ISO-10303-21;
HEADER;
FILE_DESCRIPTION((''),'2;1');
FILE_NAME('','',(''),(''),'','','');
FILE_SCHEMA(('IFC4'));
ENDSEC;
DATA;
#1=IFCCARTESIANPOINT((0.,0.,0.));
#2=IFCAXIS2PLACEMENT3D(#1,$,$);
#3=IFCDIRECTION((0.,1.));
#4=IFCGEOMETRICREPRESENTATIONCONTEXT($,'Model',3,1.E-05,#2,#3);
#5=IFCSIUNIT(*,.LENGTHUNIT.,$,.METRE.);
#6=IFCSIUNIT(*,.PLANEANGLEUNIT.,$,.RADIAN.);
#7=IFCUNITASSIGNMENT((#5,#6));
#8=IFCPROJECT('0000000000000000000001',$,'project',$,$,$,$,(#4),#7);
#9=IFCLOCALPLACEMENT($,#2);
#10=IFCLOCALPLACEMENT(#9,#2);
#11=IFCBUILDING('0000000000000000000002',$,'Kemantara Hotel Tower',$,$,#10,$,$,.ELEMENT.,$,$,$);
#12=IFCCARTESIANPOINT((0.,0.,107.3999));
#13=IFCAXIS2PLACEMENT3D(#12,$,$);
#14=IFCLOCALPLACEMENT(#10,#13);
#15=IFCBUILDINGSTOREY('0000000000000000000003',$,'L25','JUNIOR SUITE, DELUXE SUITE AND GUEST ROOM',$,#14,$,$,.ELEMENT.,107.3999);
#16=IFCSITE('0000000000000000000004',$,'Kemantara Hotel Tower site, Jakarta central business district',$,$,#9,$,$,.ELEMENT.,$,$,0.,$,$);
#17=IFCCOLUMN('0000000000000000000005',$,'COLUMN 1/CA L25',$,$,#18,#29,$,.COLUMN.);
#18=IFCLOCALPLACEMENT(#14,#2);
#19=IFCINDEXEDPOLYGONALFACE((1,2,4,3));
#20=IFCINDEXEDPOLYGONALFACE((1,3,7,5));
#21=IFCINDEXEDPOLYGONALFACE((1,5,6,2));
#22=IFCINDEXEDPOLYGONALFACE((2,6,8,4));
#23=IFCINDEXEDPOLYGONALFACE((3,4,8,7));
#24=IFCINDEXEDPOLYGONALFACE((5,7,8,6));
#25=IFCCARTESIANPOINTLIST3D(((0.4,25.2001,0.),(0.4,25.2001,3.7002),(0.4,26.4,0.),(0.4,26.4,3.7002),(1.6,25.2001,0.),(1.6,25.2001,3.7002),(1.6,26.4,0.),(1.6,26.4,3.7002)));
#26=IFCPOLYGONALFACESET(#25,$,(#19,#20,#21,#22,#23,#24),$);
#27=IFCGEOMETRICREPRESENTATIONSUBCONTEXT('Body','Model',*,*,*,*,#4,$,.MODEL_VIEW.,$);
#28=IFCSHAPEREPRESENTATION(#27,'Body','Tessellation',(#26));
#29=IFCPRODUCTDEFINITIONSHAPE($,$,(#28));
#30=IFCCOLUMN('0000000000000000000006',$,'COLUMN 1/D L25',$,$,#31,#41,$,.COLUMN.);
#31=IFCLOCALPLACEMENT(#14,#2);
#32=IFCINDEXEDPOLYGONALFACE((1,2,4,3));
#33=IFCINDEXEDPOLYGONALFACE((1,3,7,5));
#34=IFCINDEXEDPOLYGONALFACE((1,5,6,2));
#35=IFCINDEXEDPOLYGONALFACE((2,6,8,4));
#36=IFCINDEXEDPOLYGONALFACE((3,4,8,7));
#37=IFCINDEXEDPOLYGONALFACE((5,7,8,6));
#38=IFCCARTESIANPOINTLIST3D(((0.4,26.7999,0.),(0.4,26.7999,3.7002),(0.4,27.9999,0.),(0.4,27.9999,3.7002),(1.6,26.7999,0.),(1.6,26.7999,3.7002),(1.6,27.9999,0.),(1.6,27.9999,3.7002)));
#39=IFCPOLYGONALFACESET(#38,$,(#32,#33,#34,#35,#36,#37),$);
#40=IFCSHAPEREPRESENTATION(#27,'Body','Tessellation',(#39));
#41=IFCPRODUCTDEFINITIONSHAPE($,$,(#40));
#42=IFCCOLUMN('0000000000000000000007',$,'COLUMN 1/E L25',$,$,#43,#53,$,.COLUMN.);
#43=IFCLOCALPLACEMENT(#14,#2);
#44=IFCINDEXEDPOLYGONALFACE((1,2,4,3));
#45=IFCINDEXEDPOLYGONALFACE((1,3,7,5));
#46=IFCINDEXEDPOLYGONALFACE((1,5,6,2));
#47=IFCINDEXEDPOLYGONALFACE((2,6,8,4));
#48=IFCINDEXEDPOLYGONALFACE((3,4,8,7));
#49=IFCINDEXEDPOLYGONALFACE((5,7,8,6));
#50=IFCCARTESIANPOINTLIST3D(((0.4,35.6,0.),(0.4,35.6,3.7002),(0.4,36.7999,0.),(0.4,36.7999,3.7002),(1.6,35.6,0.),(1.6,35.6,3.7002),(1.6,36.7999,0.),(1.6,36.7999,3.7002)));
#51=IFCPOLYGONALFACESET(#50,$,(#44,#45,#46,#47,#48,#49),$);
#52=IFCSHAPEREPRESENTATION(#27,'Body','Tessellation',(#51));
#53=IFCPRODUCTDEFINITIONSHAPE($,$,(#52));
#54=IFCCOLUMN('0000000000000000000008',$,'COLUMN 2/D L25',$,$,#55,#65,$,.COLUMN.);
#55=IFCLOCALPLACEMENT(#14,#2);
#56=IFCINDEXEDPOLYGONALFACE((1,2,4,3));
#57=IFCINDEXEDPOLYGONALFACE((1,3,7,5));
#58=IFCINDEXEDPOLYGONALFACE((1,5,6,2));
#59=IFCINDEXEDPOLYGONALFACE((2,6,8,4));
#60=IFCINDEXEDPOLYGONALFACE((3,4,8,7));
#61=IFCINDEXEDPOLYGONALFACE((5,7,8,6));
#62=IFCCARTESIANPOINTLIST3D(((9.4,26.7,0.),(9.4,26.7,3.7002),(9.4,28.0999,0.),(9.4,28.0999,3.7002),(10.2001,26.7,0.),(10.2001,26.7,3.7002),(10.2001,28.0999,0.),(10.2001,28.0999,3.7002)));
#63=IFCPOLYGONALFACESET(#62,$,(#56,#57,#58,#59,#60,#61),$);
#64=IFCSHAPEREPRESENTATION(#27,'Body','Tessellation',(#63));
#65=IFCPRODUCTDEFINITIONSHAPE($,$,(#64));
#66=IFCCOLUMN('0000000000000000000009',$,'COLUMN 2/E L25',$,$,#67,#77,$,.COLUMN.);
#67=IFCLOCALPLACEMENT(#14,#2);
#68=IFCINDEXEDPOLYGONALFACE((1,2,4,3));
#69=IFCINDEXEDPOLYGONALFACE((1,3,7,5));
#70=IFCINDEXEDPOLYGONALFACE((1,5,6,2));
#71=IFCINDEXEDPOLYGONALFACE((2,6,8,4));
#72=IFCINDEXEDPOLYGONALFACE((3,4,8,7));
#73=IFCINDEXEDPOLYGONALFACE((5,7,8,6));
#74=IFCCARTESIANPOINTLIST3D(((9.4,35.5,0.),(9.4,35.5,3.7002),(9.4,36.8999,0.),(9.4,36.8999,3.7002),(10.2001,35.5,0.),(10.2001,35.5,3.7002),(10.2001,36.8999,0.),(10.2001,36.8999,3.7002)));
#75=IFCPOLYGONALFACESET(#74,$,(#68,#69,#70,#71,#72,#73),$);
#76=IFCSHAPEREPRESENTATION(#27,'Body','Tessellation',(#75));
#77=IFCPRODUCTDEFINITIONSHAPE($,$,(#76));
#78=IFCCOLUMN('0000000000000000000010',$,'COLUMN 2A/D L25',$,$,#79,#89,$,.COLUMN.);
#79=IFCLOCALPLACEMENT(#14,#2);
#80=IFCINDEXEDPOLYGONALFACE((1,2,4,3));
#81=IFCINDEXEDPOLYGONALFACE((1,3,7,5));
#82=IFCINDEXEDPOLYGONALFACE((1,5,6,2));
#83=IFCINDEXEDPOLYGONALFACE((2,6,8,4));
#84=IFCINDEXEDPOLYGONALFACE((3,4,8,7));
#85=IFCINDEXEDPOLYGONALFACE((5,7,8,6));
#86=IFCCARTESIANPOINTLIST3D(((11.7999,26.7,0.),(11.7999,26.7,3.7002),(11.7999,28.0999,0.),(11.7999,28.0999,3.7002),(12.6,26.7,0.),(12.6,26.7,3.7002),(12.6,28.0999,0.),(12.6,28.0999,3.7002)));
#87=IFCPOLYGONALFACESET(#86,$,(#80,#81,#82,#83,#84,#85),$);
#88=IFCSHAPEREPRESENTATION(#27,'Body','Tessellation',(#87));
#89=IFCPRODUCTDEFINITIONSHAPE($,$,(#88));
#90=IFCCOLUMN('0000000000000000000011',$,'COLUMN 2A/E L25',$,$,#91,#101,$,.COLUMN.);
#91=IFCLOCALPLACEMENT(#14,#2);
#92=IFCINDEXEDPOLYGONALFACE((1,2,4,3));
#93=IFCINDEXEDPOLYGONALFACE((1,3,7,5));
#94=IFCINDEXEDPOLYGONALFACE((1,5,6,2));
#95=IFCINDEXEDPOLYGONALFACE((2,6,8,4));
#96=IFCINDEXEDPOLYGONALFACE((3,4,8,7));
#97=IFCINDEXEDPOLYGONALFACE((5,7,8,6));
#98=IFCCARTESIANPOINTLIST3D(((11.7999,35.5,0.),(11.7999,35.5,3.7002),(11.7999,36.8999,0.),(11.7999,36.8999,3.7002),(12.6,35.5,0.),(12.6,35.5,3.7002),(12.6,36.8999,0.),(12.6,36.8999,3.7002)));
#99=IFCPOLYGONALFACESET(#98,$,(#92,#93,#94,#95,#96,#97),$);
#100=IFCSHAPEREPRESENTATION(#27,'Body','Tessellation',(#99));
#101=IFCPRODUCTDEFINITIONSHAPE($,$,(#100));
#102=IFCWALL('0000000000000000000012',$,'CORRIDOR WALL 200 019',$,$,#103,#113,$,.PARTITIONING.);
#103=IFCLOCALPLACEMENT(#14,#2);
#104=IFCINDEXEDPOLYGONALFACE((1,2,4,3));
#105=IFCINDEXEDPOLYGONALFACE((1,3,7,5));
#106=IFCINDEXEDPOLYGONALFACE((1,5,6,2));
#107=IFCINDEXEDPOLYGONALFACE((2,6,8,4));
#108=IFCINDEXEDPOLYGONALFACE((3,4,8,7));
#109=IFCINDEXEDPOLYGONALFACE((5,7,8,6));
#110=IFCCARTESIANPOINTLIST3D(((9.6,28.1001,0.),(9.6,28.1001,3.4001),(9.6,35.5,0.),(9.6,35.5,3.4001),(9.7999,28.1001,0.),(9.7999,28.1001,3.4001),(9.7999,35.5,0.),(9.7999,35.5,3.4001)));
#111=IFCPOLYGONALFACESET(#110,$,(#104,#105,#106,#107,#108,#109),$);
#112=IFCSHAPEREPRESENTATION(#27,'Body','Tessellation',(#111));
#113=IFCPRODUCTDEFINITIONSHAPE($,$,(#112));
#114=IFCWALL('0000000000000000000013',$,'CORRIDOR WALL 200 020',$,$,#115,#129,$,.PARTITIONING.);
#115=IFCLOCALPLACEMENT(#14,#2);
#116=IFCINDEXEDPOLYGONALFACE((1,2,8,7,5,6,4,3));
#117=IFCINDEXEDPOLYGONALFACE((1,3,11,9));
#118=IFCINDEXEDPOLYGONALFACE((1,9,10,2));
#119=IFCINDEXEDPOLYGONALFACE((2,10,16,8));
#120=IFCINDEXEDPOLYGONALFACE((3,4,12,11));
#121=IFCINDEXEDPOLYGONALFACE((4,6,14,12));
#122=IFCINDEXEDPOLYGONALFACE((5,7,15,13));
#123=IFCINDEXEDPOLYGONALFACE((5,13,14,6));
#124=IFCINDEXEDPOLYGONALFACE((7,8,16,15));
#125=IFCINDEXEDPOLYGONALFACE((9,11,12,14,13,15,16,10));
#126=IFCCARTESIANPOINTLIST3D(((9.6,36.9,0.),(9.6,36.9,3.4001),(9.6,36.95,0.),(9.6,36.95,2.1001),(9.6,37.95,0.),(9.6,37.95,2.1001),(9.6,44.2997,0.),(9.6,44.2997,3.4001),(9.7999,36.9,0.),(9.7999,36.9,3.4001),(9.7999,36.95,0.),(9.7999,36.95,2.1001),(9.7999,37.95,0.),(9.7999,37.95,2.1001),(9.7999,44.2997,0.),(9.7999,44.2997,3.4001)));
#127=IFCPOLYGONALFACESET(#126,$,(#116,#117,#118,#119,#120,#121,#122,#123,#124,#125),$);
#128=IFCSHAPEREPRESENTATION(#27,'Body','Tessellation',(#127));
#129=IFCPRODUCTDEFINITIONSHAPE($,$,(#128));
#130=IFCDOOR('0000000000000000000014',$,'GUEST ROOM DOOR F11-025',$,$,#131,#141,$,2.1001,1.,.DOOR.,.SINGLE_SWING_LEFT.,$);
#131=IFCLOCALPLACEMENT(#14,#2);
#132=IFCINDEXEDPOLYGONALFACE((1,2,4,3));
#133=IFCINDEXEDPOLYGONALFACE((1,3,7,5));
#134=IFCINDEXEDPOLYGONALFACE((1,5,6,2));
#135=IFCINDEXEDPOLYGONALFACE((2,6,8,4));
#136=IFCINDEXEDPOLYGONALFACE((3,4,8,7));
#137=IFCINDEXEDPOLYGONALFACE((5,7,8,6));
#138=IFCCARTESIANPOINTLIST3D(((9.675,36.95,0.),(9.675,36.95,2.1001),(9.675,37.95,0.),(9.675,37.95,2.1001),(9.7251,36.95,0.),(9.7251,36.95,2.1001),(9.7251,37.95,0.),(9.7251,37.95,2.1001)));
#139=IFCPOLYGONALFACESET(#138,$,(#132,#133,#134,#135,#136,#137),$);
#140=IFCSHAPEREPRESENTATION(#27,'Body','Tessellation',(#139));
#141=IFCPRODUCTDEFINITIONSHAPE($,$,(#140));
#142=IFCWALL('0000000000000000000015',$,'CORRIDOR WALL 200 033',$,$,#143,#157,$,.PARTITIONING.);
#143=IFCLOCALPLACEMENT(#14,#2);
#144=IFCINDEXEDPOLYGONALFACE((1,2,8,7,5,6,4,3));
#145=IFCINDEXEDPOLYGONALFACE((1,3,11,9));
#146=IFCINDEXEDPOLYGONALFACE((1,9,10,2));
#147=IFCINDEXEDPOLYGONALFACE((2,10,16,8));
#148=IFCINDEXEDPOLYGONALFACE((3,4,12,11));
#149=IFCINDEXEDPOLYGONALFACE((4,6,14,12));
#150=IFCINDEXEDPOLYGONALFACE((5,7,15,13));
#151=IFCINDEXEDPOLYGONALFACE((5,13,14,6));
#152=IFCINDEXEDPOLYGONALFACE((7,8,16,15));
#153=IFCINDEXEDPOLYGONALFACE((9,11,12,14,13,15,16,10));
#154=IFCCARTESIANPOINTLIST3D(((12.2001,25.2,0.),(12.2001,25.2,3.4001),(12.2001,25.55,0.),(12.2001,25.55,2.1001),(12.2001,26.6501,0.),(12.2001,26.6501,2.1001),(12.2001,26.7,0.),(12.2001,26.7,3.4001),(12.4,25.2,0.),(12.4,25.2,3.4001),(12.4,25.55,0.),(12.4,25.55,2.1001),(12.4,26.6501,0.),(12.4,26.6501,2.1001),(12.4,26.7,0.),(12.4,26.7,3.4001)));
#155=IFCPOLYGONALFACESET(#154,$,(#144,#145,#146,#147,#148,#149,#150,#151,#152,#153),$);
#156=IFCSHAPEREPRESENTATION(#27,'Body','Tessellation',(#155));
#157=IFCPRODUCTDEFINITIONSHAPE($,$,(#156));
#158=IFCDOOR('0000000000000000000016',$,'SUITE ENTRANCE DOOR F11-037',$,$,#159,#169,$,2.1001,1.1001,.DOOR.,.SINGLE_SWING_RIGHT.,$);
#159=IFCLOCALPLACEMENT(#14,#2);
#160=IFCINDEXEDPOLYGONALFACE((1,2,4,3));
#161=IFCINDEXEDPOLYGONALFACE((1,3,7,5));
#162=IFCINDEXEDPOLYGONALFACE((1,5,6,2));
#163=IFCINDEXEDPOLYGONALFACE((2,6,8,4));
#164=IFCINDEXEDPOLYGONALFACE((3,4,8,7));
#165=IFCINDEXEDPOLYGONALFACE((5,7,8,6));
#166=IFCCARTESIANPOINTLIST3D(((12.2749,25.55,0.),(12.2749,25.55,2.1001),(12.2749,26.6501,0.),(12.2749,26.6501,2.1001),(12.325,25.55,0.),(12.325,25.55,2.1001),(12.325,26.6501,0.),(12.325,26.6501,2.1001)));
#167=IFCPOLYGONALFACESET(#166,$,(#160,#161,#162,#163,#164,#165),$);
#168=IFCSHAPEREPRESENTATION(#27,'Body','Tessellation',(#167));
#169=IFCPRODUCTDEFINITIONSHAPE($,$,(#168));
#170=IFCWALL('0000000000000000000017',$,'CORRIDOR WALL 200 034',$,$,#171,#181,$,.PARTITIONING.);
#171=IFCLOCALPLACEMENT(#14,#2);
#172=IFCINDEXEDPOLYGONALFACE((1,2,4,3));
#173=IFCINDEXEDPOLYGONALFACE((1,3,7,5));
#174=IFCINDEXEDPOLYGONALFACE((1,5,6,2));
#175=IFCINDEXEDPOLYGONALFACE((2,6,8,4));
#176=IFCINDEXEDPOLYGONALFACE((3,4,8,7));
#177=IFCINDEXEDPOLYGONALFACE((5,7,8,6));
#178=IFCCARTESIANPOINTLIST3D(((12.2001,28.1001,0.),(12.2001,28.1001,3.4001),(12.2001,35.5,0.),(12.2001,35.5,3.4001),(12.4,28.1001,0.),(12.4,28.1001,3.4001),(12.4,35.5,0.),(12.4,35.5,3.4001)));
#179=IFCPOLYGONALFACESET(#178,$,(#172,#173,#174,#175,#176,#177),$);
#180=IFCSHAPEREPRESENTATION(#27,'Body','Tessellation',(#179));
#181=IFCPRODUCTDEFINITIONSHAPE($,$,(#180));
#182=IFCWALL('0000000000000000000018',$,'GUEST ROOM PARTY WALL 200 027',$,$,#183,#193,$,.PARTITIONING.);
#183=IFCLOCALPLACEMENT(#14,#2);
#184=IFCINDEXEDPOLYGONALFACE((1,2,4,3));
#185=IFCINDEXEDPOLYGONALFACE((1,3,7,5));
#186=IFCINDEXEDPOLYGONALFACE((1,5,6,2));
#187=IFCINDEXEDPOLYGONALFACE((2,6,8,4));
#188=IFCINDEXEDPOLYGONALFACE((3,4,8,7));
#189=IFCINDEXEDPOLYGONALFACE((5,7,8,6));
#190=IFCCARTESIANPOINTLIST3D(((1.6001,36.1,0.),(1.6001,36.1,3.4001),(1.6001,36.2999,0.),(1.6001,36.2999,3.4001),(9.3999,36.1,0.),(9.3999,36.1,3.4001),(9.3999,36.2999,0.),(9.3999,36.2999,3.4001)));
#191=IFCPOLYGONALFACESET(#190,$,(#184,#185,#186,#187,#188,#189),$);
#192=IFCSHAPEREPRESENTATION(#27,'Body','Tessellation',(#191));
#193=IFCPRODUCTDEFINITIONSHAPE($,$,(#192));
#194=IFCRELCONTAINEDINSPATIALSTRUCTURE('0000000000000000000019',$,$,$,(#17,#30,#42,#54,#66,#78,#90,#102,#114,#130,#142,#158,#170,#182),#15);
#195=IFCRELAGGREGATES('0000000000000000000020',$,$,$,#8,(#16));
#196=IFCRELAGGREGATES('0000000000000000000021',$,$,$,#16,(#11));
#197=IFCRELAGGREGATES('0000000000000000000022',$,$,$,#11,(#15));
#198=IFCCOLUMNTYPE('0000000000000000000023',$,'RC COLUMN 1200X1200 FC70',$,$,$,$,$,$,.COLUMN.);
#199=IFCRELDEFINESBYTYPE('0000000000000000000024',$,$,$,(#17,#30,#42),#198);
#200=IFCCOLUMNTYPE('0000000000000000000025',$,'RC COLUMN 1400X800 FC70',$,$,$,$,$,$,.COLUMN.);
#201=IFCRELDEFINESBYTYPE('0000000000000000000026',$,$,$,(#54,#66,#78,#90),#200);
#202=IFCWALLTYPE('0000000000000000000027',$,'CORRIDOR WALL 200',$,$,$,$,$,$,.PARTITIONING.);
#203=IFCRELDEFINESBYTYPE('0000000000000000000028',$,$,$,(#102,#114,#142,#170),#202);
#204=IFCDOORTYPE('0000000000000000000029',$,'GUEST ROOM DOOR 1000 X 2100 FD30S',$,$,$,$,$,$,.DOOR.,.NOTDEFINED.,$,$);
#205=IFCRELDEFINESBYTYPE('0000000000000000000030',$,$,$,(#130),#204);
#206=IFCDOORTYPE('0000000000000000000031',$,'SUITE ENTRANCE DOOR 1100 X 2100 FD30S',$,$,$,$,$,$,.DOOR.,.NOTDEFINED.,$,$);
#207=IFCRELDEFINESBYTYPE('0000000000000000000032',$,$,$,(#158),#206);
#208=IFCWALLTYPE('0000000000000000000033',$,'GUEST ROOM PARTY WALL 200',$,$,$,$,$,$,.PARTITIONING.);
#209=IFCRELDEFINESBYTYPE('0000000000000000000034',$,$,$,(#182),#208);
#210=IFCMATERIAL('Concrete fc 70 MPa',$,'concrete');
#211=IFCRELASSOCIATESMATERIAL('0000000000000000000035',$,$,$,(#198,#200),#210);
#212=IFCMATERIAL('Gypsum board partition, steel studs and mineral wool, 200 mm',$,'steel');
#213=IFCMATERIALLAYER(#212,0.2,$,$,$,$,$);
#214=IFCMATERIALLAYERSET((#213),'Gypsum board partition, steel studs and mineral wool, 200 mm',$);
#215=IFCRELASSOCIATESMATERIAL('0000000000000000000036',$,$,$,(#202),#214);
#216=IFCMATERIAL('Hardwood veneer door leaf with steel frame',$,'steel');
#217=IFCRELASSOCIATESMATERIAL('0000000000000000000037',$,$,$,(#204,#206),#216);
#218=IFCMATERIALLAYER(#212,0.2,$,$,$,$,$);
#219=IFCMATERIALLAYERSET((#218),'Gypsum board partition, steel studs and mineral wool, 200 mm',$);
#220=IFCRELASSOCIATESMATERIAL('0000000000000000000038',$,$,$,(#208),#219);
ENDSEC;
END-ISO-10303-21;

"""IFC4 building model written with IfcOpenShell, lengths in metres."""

from ifc_helpers import new_model, si_unit, direction, frame, frame_2d, origin, origin_2d, place, context, subcontext, project, spatial, rectangle, extrude, material, layer, layer_set, material_profile, profile_set, type_object, element, fill, save


model = new_model("IFC4")

# Units and contexts
model_context = context("Model", 3, precision=1e-05, world=origin(), true_north=direction((0.0, 1.0)))
body_context = subcontext(model_context, "Body", "Model", "MODEL_VIEW")
ifc_project = project(units=[si_unit("LENGTHUNIT", "METRE"), si_unit("PLANEANGLEUNIT", "RADIAN")], contexts=[model_context])

# Site, building, storey
site_placement = place(None, origin())
site = spatial("IfcSite", under=ifc_project, at=site_placement, Name="Kemantara Hotel Tower site, Jakarta central business district", CompositionType="ELEMENT", RefElevation=0.0)
building_placement = place(site_placement, origin())
building = spatial("IfcBuilding", under=site, at=building_placement, Name="Kemantara Hotel Tower", CompositionType="ELEMENT")
storey_placement = place(building_placement, frame((0.0, 0.0, 107.3999)))
storey = spatial("IfcBuildingStorey", under=building, at=storey_placement, Name="L25", Description="JUNIOR SUITE, DELUXE SUITE AND GUEST ROOM", CompositionType="ELEMENT", Elevation=107.3999)

# Columns
ifc_material_1 = material(Name="Concrete fc 70 MPa", Category="concrete")
ifc_material_profile_1 = material_profile(ifc_material_1, rectangle(XDim=1.2, YDim=1.2, at=origin_2d()), Name="RC 1200X1200")
ifc_profile_set_1 = profile_set([ifc_material_profile_1], Name="Concrete fc 70 MPa")
column_type_1 = type_object("IfcColumnType", Name="RC COLUMN 1200X1200 FC70", PredefinedType="COLUMN", material=ifc_profile_set_1)
for number, where, z_axis, x_axis, name in (
    (1, (1.0, 25.8, 0.0), (0.0, 0.0, 1.0), (1.0, 0.0, 0.0), "COLUMN 1/CA L25"),
    (2, (1.0, 27.3999, 0.0), (0.0, 0.0, 1.0), (1.0, 0.0, 0.0), "COLUMN 1/D L25"),
    (3, (1.0, 36.2, 0.0), (0.0, 0.0, 1.0), (1.0, 0.0, 0.0), "COLUMN 1/E L25"),
):
    element("IfcColumn", number, at=place(storey_placement, frame(where, z_axis=z_axis, x_axis=x_axis)), inside=storey, type_object=column_type_1, Name=name, PredefinedType="COLUMN", context=body_context, shape_type="SweptSolid", body=[
        extrude(rectangle(XDim=1.2, YDim=1.2, at=origin_2d()), origin(), (0.0, 0.0, 1.0), 3.7002),
    ])
ifc_material_profile_2 = material_profile(ifc_material_1, rectangle(XDim=1.3999, YDim=0.8, at=origin_2d()), Name="RC 1400X800")
ifc_profile_set_2 = profile_set([ifc_material_profile_2], Name="Concrete fc 70 MPa")
column_type_2 = type_object("IfcColumnType", Name="RC COLUMN 1400X800 FC70", PredefinedType="COLUMN", material=ifc_profile_set_2)
for number, where, z_axis, x_axis, name in (
    (4, (9.8, 27.3999, 0.0), (0.0, 0.0, 1.0), (0.0, 1.0, 0.0), "COLUMN 2/D L25"),
    (5, (9.8, 36.2, 0.0), (0.0, 0.0, 1.0), (0.0, 1.0, 0.0), "COLUMN 2/E L25"),
    (6, (12.2, 27.3999, 0.0), (0.0, 0.0, 1.0), (0.0, 1.0, 0.0), "COLUMN 2A/D L25"),
    (7, (12.2, 36.2, 0.0), (0.0, 0.0, 1.0), (0.0, 1.0, 0.0), "COLUMN 2A/E L25"),
):
    element("IfcColumn", number, at=place(storey_placement, frame(where, z_axis=z_axis, x_axis=x_axis)), inside=storey, type_object=column_type_2, Name=name, PredefinedType="COLUMN", context=body_context, shape_type="SweptSolid", body=[
        extrude(rectangle(XDim=1.3999, YDim=0.8, at=origin_2d()), origin(), (0.0, 0.0, 1.0), 3.7002),
    ])

# Wall
ifc_material_2 = material(Name="Gypsum board partition, steel studs and mineral wool, 200 mm", Category="steel")
ifc_layer_1 = layer(ifc_material_2, 0.2)
ifc_layer_set_1 = layer_set([ifc_layer_1], Name="Gypsum board partition, steel studs and mineral wool, 200 mm")
wall_type_1 = type_object("IfcWallType", Name="CORRIDOR WALL 200", PredefinedType="PARTITIONING", material=ifc_layer_set_1)
wall_1_placement = place(storey_placement, frame((9.7, 28.1001, 0.0), z_axis=(0.0, 0.0, 1.0), x_axis=(0.0, 1.0, 0.0)))
element("IfcWall", 8, at=wall_1_placement, inside=storey, type_object=wall_type_1, Name="CORRIDOR WALL 200 019", PredefinedType="PARTITIONING", context=body_context, shape_type="SweptSolid", body=[
    extrude(rectangle(XDim=7.3999, YDim=0.2, at=frame_2d((3.7, 0.0))), origin(), (0.0, 0.0, 1.0), 3.4001),
])

# Walls, openings, doors
wall_2_placement = place(storey_placement, frame((9.7, 36.9001, 0.0), z_axis=(0.0, 0.0, 1.0), x_axis=(0.0, 1.0, 0.0)))
wall_2 = element("IfcWall", 9, at=wall_2_placement, inside=storey, type_object=wall_type_1, Name="CORRIDOR WALL 200 020", PredefinedType="PARTITIONING", context=body_context, shape_type="SweptSolid", body=[
    extrude(rectangle(XDim=7.3997, YDim=0.2, at=frame_2d((3.6997, 0.0))), origin(), (0.0, 0.0, 1.0), 3.4001),
])
opening_1_placement = place(wall_2_placement, frame((0.0498, 0.0, 0.0)))
opening_1 = element("IfcOpeningElement", 10, at=opening_1_placement, cuts=wall_2, PredefinedType="OPENING", context=body_context, shape_type="SweptSolid", body=[
    extrude(rectangle(XDim=1.0, YDim=2.1001, at=frame_2d((0.5, 1.05))), frame((0.0, 0.1099, 0.0), z_axis=(0.0, -1.0, 0.0), x_axis=(1.0, 0.0, 0.0)), (0.0, 0.0, 1.0), 0.22),
])
ifc_material_3 = material(Name="Hardwood veneer door leaf with steel frame", Category="steel")
door_type_1 = type_object("IfcDoorType", Name="GUEST ROOM DOOR 1000 X 2100 FD30S", OperationType="NOTDEFINED", PredefinedType="DOOR", material=ifc_material_3)
door_1_placement = place(opening_1_placement, origin())
door_1 = element("IfcDoor", 11, at=door_1_placement, inside=storey, type_object=door_type_1, Name="GUEST ROOM DOOR F11-025", OperationType="SINGLE_SWING_LEFT", OverallHeight=2.1001, OverallWidth=1.0, PredefinedType="DOOR", context=body_context, shape_type="SweptSolid", body=[
    extrude(rectangle(XDim=1.0, YDim=2.1001, at=frame_2d((0.5, 1.05))), frame((0.0, 0.0249, 0.0), z_axis=(0.0, -1.0, 0.0), x_axis=(1.0, 0.0, 0.0)), (0.0, 0.0, 1.0), 0.05),
])
fill(opening_1, door_1)
wall_3_placement = place(storey_placement, frame((12.3, 26.7, 0.0), z_axis=(0.0, 0.0, 1.0), x_axis=(0.0, -1.0, 0.0)))
wall_3 = element("IfcWall", 12, at=wall_3_placement, inside=storey, type_object=wall_type_1, Name="CORRIDOR WALL 200 033", PredefinedType="PARTITIONING", context=body_context, shape_type="SweptSolid", body=[
    extrude(rectangle(XDim=1.5, YDim=0.2, at=frame_2d((0.75, 0.0))), origin(), (0.0, 0.0, 1.0), 3.4001),
])
opening_2_placement = place(wall_3_placement, frame((0.0498, 0.0, 0.0)))
opening_2 = element("IfcOpeningElement", 13, at=opening_2_placement, cuts=wall_3, PredefinedType="OPENING", context=body_context, shape_type="SweptSolid", body=[
    extrude(rectangle(XDim=1.1001, YDim=2.1001, at=frame_2d((0.55, 1.05))), frame((0.0, 0.1099, 0.0), z_axis=(0.0, -1.0, 0.0), x_axis=(1.0, 0.0, 0.0)), (0.0, 0.0, 1.0), 0.22),
])
door_type_2 = type_object("IfcDoorType", Name="SUITE ENTRANCE DOOR 1100 X 2100 FD30S", OperationType="NOTDEFINED", PredefinedType="DOOR", material=ifc_material_3)
door_2_placement = place(opening_2_placement, origin())
door_2 = element("IfcDoor", 14, at=door_2_placement, inside=storey, type_object=door_type_2, Name="SUITE ENTRANCE DOOR F11-037", OperationType="SINGLE_SWING_RIGHT", OverallHeight=2.1001, OverallWidth=1.1001, PredefinedType="DOOR", context=body_context, shape_type="SweptSolid", body=[
    extrude(rectangle(XDim=1.1001, YDim=2.1001, at=frame_2d((0.55, 1.05))), frame((0.0, 0.0249, 0.0), z_axis=(0.0, -1.0, 0.0), x_axis=(1.0, 0.0, 0.0)), (0.0, 0.0, 1.0), 0.05),
])
fill(opening_2, door_2)

# Walls
wall_4_placement = place(storey_placement, frame((12.3, 28.1001, 0.0), z_axis=(0.0, 0.0, 1.0), x_axis=(0.0, 1.0, 0.0)))
element("IfcWall", 15, at=wall_4_placement, inside=storey, type_object=wall_type_1, Name="CORRIDOR WALL 200 034", PredefinedType="PARTITIONING", context=body_context, shape_type="SweptSolid", body=[
    extrude(rectangle(XDim=7.3999, YDim=0.2, at=frame_2d((3.7, 0.0))), origin(), (0.0, 0.0, 1.0), 3.4001),
])
ifc_layer_2 = layer(ifc_material_2, 0.2)
ifc_layer_set_2 = layer_set([ifc_layer_2], Name="Gypsum board partition, steel studs and mineral wool, 200 mm")
wall_type_2 = type_object("IfcWallType", Name="GUEST ROOM PARTY WALL 200", PredefinedType="PARTITIONING", material=ifc_layer_set_2)
wall_5_placement = place(storey_placement, frame((1.6001, 36.2, 0.0), z_axis=(0.0, 0.0, 1.0), x_axis=(1.0, 0.0, 0.0)))
element("IfcWall", 16, at=wall_5_placement, inside=storey, type_object=wall_type_2, Name="GUEST ROOM PARTY WALL 200 027", PredefinedType="PARTITIONING", context=body_context, shape_type="SweptSolid", body=[
    extrude(rectangle(XDim=7.7998, YDim=0.2, at=frame_2d((3.8999, 0.0))), origin(), (0.0, 0.0, 1.0), 3.4001),
])

save(model, "model.ifc")
